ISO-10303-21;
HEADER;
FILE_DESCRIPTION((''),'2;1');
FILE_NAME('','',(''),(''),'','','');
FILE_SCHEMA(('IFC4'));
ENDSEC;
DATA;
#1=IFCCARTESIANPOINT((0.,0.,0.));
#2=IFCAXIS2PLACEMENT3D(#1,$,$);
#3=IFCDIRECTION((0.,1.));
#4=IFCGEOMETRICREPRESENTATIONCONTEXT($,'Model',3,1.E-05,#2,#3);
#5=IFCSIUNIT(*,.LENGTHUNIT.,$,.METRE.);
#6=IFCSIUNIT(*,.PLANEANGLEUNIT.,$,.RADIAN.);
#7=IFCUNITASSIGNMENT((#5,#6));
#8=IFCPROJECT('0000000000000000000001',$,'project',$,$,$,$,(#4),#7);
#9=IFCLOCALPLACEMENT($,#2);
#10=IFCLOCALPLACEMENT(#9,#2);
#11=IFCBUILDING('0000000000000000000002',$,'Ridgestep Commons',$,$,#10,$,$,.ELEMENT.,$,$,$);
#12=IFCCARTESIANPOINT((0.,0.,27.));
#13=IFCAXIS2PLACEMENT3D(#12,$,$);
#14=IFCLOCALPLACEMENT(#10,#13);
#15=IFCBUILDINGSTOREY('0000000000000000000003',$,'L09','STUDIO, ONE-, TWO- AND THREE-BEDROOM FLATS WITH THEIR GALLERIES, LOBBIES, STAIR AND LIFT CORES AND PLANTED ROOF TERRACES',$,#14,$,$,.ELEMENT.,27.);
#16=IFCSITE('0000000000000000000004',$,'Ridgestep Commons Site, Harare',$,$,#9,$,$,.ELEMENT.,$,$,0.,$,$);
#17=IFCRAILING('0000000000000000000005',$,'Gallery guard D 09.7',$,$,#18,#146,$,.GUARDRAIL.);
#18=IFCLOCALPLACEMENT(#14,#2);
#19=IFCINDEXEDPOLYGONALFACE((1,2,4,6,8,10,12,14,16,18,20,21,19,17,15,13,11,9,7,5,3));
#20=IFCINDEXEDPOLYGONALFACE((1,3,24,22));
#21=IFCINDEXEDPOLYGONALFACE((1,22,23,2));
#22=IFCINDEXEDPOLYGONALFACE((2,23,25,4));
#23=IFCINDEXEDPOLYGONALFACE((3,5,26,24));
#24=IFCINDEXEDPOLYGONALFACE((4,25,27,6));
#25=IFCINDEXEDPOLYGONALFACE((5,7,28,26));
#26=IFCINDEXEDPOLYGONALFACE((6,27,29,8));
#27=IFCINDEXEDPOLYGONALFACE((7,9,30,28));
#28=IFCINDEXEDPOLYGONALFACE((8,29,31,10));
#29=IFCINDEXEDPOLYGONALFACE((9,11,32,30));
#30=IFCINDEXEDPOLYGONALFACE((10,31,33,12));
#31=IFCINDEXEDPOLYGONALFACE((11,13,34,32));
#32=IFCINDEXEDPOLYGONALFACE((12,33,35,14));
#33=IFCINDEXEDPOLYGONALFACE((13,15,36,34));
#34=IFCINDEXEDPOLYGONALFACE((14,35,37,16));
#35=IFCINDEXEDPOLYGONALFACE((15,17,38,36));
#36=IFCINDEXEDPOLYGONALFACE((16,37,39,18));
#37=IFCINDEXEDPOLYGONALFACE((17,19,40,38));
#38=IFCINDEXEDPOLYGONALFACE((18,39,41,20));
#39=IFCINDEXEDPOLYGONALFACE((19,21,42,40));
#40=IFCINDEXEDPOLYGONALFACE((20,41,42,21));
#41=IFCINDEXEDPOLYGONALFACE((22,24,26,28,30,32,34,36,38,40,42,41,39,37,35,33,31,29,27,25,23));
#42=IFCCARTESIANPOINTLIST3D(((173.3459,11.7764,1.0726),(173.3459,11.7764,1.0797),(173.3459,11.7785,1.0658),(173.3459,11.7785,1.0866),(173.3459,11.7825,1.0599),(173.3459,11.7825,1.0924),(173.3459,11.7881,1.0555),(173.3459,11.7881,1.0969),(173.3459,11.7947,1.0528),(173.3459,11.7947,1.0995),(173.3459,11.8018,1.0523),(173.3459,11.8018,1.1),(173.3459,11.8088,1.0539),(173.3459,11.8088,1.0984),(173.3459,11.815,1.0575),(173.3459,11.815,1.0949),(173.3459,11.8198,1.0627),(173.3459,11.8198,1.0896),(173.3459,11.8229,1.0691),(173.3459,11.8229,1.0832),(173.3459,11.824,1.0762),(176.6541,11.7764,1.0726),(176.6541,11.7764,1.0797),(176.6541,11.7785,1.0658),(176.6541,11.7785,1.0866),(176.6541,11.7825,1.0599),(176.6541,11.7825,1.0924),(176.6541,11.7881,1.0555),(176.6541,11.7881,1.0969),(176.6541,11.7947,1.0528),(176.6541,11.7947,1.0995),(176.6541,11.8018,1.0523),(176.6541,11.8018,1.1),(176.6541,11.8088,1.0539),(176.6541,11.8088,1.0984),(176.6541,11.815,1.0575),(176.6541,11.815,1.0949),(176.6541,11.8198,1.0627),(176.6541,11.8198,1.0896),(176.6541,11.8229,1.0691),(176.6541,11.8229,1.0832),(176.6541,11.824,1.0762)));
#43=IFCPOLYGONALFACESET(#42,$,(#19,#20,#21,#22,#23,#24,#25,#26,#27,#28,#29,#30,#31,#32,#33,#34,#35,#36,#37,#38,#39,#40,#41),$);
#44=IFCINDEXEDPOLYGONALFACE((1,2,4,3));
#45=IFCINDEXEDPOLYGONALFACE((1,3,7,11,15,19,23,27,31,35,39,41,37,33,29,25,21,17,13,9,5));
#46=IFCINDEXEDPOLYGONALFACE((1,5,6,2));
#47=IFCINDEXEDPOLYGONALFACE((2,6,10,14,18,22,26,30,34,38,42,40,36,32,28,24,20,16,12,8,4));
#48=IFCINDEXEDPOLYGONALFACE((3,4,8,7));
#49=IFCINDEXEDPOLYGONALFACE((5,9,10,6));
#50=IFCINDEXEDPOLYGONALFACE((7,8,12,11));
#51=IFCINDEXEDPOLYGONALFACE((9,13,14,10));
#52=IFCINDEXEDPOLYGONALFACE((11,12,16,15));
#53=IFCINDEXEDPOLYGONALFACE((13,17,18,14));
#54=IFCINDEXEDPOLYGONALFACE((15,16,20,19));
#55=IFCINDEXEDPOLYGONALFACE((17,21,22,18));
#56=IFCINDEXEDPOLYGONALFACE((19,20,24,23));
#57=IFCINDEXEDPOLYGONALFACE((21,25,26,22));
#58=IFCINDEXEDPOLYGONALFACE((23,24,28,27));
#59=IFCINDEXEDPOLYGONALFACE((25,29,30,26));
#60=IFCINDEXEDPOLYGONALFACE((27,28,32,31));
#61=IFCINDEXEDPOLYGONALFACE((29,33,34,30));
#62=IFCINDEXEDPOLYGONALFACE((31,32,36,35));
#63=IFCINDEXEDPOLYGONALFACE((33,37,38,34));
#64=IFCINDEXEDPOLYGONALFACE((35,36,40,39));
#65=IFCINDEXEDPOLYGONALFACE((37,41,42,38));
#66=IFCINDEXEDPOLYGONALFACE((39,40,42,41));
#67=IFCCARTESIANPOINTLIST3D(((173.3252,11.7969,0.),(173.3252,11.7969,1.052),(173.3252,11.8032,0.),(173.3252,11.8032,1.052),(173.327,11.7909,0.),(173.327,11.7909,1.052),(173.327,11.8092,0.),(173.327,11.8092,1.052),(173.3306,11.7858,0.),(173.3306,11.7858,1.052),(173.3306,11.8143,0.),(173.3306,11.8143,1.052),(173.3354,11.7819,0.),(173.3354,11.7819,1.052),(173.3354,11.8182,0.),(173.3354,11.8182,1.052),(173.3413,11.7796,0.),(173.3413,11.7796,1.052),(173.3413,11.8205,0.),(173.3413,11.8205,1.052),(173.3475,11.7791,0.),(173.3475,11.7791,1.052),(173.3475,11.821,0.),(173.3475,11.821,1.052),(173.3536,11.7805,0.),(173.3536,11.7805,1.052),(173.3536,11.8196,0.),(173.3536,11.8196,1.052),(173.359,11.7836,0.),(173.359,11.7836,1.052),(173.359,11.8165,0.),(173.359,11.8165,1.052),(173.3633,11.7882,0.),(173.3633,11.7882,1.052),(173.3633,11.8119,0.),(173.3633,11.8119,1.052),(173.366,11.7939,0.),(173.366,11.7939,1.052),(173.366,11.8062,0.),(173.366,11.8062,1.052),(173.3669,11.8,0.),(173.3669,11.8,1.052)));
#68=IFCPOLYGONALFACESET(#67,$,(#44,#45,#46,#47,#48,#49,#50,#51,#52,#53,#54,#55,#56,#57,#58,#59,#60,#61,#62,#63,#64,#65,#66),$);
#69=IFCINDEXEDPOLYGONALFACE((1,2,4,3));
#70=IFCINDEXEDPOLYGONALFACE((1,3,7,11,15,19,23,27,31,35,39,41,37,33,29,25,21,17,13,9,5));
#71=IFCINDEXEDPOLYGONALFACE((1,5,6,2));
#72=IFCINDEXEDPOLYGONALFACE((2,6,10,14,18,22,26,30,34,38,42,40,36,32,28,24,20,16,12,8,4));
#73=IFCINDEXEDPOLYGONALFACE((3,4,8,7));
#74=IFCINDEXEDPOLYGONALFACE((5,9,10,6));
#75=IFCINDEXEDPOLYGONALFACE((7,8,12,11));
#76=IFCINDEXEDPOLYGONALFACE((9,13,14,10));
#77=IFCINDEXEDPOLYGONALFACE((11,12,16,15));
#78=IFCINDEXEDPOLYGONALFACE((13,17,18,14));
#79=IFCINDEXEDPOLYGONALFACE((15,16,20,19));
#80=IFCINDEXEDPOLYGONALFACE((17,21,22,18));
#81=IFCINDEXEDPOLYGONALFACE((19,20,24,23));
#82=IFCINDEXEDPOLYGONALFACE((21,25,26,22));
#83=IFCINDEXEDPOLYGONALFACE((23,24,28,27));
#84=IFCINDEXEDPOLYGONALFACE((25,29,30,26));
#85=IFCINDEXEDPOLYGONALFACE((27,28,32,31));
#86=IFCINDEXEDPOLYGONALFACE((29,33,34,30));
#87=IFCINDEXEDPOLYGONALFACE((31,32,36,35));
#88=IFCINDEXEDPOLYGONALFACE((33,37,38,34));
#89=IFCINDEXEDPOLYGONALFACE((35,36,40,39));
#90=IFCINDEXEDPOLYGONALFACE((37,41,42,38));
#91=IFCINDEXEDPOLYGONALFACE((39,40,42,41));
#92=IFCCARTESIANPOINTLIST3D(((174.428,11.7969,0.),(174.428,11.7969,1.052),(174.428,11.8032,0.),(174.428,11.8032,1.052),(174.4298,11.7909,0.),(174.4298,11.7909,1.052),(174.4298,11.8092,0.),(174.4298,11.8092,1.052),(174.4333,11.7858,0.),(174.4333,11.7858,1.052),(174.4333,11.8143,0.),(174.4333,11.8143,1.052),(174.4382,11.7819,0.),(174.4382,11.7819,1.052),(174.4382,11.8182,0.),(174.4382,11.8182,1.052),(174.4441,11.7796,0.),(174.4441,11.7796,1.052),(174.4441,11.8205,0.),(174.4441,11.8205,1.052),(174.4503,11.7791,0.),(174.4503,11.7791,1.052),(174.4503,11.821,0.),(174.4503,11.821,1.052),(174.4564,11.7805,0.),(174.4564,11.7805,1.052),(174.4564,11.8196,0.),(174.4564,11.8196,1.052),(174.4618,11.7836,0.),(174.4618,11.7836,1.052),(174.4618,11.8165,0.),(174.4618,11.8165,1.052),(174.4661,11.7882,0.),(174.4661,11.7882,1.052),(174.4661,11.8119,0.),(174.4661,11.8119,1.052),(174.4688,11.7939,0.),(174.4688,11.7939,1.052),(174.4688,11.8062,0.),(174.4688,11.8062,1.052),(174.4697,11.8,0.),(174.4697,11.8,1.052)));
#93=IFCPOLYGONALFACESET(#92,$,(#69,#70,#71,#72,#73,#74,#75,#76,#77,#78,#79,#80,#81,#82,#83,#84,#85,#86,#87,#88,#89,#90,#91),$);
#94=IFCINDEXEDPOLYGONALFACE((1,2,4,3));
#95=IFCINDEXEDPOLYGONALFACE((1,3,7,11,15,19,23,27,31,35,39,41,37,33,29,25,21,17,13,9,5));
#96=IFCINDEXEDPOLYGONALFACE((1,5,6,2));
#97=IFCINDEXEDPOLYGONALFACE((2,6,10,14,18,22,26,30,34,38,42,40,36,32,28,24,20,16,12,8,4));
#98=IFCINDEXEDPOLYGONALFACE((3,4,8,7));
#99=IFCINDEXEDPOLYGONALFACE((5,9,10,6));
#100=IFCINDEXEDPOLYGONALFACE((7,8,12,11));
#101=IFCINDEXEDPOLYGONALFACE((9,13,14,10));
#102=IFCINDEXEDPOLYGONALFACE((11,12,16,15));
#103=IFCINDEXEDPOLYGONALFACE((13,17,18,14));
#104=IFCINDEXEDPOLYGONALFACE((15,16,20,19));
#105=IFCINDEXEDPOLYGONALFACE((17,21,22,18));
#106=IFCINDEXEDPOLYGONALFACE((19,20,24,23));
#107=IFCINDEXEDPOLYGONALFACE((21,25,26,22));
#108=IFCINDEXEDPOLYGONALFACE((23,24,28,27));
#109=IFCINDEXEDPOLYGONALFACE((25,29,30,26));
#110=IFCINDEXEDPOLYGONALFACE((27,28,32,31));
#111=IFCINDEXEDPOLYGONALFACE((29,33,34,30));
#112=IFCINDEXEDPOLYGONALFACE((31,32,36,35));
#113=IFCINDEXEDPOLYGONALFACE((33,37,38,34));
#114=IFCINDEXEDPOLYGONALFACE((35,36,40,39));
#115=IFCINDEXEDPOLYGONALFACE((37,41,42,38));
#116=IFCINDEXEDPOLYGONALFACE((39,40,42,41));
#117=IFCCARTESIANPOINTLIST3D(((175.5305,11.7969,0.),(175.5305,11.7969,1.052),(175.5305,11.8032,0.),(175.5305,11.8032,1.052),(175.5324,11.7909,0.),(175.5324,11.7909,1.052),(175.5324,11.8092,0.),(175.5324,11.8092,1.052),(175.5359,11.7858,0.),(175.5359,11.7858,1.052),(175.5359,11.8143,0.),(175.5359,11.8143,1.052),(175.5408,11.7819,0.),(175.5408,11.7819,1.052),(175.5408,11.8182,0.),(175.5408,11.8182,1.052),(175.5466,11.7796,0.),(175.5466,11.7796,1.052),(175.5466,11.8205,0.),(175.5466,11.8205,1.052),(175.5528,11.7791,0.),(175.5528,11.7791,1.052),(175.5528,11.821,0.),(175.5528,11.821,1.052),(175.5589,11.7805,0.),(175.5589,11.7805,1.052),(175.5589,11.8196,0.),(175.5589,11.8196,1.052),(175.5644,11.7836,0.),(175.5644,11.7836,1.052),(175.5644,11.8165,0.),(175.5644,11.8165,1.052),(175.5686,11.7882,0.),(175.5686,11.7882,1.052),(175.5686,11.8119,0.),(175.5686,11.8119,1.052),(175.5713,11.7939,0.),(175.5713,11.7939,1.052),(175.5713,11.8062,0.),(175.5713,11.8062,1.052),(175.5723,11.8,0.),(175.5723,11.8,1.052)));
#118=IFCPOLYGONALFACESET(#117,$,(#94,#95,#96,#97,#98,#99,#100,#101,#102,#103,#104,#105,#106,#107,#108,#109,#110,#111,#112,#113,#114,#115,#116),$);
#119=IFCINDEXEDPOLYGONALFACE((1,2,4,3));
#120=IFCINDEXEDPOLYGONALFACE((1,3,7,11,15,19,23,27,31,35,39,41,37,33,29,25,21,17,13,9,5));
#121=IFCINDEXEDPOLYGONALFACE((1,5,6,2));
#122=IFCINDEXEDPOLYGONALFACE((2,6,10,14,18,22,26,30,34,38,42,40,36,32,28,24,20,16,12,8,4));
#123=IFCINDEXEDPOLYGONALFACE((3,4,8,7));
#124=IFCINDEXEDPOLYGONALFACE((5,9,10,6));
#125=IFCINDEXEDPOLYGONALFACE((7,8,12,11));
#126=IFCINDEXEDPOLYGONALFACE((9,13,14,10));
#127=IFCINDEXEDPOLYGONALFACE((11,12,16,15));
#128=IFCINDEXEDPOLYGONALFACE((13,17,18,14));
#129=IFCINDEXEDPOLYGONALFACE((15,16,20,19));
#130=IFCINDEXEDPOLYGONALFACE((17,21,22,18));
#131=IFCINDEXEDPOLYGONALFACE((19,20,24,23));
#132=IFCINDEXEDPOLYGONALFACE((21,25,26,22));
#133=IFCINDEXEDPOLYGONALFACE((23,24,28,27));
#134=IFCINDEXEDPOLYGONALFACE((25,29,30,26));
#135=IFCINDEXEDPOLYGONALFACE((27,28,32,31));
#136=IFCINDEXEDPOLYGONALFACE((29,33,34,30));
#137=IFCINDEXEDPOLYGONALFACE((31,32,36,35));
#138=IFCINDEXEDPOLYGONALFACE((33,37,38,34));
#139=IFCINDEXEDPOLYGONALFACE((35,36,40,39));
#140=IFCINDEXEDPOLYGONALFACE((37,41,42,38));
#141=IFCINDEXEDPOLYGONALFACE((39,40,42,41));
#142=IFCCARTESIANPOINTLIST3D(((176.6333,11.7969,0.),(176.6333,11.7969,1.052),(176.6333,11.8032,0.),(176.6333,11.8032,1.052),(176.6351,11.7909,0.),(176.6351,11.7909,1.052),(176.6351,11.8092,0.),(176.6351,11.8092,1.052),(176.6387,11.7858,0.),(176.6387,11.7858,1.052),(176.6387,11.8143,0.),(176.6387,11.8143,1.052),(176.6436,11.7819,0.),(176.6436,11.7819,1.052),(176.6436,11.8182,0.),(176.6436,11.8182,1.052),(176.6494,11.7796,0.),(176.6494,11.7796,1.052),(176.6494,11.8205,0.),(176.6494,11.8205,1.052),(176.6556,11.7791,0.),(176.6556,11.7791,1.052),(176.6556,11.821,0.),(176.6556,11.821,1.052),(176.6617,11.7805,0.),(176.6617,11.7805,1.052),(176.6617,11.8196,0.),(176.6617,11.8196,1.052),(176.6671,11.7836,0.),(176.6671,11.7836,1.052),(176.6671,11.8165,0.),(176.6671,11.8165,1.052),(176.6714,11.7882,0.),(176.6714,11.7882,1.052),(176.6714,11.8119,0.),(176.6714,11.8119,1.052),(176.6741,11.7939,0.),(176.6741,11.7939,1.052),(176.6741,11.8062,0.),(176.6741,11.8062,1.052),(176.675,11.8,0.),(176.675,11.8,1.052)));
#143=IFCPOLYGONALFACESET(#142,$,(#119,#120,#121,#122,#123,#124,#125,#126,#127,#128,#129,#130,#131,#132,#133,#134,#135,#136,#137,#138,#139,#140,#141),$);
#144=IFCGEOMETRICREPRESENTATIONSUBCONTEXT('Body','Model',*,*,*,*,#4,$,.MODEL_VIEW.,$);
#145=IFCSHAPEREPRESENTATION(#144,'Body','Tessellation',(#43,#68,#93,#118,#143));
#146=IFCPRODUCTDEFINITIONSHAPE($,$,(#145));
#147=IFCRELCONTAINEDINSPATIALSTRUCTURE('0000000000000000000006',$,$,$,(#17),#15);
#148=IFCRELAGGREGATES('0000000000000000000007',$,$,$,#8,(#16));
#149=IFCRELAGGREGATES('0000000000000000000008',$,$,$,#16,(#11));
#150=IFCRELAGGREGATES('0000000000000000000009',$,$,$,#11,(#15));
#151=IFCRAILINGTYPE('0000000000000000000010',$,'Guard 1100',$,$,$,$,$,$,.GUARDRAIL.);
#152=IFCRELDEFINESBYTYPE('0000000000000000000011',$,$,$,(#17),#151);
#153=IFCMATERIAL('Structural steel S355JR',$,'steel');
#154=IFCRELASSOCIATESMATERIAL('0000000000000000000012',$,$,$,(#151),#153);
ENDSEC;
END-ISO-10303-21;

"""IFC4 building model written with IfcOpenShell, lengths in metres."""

from ifc_helpers import new_model, si_unit, direction, frame, origin, origin_2d, place, context, subcontext, project, spatial, circle, extrude, material, type_object, element, save


model = new_model("IFC4")

# Units and contexts
model_context = context("Model", 3, precision=1e-05, world=origin(), true_north=direction((0.0, 1.0)))
body_context = subcontext(model_context, "Body", "Model", "MODEL_VIEW")
ifc_project = project(units=[si_unit("LENGTHUNIT", "METRE"), si_unit("PLANEANGLEUNIT", "RADIAN")], contexts=[model_context])

# Site, building, storey
site_placement = place(None, origin())
site = spatial("IfcSite", under=ifc_project, at=site_placement, Name="Ridgestep Commons Site, Harare", CompositionType="ELEMENT", RefElevation=0.0)
building_placement = place(site_placement, origin())
building = spatial("IfcBuilding", under=site, at=building_placement, Name="Ridgestep Commons", CompositionType="ELEMENT")
storey_placement = place(building_placement, frame((0.0, 0.0, 27.0)))
storey = spatial("IfcBuildingStorey", under=building, at=storey_placement, Name="L09", Description="STUDIO, ONE-, TWO- AND THREE-BEDROOM FLATS WITH THEIR GALLERIES, LOBBIES, STAIR AND LIFT CORES AND PLANTED ROOF TERRACES", CompositionType="ELEMENT", Elevation=27.0)

# Railing
ifc_material_1 = material(Name="Structural steel S355JR", Category="steel")
railing_type = type_object("IfcRailingType", Name="Guard 1100", PredefinedType="GUARDRAIL", material=ifc_material_1)
railing_1_placement = place(storey_placement, frame((173.3459, 11.8, 0.0)))
element("IfcRailing", 1, at=railing_1_placement, inside=storey, type_object=railing_type, Name="Gallery guard D 09.7", PredefinedType="GUARDRAIL", context=body_context, shape_type="SweptSolid", body=[
    extrude(circle(Radius=0.0239, at=origin_2d()), frame((0.0, 0.0, 1.0762), z_axis=(1.0, 0.0, 0.0), x_axis=(0.0, 1.0, 0.0)), (0.0, 0.0, 1.0), 3.3081),
    extrude(circle(Radius=0.021, at=origin_2d()), origin(), (0.0, 0.0, 1.0), 1.052),
    extrude(circle(Radius=0.021, at=origin_2d()), frame((1.1028, 0.0, 0.0)), (0.0, 0.0, 1.0), 1.052),
    extrude(circle(Radius=0.021, at=origin_2d()), frame((2.2053, 0.0, 0.0)), (0.0, 0.0, 1.0), 1.052),
    extrude(circle(Radius=0.021, at=origin_2d()), frame((3.3081, 0.0, 0.0)), (0.0, 0.0, 1.0), 1.052),
])

save(model, "model.ifc")
